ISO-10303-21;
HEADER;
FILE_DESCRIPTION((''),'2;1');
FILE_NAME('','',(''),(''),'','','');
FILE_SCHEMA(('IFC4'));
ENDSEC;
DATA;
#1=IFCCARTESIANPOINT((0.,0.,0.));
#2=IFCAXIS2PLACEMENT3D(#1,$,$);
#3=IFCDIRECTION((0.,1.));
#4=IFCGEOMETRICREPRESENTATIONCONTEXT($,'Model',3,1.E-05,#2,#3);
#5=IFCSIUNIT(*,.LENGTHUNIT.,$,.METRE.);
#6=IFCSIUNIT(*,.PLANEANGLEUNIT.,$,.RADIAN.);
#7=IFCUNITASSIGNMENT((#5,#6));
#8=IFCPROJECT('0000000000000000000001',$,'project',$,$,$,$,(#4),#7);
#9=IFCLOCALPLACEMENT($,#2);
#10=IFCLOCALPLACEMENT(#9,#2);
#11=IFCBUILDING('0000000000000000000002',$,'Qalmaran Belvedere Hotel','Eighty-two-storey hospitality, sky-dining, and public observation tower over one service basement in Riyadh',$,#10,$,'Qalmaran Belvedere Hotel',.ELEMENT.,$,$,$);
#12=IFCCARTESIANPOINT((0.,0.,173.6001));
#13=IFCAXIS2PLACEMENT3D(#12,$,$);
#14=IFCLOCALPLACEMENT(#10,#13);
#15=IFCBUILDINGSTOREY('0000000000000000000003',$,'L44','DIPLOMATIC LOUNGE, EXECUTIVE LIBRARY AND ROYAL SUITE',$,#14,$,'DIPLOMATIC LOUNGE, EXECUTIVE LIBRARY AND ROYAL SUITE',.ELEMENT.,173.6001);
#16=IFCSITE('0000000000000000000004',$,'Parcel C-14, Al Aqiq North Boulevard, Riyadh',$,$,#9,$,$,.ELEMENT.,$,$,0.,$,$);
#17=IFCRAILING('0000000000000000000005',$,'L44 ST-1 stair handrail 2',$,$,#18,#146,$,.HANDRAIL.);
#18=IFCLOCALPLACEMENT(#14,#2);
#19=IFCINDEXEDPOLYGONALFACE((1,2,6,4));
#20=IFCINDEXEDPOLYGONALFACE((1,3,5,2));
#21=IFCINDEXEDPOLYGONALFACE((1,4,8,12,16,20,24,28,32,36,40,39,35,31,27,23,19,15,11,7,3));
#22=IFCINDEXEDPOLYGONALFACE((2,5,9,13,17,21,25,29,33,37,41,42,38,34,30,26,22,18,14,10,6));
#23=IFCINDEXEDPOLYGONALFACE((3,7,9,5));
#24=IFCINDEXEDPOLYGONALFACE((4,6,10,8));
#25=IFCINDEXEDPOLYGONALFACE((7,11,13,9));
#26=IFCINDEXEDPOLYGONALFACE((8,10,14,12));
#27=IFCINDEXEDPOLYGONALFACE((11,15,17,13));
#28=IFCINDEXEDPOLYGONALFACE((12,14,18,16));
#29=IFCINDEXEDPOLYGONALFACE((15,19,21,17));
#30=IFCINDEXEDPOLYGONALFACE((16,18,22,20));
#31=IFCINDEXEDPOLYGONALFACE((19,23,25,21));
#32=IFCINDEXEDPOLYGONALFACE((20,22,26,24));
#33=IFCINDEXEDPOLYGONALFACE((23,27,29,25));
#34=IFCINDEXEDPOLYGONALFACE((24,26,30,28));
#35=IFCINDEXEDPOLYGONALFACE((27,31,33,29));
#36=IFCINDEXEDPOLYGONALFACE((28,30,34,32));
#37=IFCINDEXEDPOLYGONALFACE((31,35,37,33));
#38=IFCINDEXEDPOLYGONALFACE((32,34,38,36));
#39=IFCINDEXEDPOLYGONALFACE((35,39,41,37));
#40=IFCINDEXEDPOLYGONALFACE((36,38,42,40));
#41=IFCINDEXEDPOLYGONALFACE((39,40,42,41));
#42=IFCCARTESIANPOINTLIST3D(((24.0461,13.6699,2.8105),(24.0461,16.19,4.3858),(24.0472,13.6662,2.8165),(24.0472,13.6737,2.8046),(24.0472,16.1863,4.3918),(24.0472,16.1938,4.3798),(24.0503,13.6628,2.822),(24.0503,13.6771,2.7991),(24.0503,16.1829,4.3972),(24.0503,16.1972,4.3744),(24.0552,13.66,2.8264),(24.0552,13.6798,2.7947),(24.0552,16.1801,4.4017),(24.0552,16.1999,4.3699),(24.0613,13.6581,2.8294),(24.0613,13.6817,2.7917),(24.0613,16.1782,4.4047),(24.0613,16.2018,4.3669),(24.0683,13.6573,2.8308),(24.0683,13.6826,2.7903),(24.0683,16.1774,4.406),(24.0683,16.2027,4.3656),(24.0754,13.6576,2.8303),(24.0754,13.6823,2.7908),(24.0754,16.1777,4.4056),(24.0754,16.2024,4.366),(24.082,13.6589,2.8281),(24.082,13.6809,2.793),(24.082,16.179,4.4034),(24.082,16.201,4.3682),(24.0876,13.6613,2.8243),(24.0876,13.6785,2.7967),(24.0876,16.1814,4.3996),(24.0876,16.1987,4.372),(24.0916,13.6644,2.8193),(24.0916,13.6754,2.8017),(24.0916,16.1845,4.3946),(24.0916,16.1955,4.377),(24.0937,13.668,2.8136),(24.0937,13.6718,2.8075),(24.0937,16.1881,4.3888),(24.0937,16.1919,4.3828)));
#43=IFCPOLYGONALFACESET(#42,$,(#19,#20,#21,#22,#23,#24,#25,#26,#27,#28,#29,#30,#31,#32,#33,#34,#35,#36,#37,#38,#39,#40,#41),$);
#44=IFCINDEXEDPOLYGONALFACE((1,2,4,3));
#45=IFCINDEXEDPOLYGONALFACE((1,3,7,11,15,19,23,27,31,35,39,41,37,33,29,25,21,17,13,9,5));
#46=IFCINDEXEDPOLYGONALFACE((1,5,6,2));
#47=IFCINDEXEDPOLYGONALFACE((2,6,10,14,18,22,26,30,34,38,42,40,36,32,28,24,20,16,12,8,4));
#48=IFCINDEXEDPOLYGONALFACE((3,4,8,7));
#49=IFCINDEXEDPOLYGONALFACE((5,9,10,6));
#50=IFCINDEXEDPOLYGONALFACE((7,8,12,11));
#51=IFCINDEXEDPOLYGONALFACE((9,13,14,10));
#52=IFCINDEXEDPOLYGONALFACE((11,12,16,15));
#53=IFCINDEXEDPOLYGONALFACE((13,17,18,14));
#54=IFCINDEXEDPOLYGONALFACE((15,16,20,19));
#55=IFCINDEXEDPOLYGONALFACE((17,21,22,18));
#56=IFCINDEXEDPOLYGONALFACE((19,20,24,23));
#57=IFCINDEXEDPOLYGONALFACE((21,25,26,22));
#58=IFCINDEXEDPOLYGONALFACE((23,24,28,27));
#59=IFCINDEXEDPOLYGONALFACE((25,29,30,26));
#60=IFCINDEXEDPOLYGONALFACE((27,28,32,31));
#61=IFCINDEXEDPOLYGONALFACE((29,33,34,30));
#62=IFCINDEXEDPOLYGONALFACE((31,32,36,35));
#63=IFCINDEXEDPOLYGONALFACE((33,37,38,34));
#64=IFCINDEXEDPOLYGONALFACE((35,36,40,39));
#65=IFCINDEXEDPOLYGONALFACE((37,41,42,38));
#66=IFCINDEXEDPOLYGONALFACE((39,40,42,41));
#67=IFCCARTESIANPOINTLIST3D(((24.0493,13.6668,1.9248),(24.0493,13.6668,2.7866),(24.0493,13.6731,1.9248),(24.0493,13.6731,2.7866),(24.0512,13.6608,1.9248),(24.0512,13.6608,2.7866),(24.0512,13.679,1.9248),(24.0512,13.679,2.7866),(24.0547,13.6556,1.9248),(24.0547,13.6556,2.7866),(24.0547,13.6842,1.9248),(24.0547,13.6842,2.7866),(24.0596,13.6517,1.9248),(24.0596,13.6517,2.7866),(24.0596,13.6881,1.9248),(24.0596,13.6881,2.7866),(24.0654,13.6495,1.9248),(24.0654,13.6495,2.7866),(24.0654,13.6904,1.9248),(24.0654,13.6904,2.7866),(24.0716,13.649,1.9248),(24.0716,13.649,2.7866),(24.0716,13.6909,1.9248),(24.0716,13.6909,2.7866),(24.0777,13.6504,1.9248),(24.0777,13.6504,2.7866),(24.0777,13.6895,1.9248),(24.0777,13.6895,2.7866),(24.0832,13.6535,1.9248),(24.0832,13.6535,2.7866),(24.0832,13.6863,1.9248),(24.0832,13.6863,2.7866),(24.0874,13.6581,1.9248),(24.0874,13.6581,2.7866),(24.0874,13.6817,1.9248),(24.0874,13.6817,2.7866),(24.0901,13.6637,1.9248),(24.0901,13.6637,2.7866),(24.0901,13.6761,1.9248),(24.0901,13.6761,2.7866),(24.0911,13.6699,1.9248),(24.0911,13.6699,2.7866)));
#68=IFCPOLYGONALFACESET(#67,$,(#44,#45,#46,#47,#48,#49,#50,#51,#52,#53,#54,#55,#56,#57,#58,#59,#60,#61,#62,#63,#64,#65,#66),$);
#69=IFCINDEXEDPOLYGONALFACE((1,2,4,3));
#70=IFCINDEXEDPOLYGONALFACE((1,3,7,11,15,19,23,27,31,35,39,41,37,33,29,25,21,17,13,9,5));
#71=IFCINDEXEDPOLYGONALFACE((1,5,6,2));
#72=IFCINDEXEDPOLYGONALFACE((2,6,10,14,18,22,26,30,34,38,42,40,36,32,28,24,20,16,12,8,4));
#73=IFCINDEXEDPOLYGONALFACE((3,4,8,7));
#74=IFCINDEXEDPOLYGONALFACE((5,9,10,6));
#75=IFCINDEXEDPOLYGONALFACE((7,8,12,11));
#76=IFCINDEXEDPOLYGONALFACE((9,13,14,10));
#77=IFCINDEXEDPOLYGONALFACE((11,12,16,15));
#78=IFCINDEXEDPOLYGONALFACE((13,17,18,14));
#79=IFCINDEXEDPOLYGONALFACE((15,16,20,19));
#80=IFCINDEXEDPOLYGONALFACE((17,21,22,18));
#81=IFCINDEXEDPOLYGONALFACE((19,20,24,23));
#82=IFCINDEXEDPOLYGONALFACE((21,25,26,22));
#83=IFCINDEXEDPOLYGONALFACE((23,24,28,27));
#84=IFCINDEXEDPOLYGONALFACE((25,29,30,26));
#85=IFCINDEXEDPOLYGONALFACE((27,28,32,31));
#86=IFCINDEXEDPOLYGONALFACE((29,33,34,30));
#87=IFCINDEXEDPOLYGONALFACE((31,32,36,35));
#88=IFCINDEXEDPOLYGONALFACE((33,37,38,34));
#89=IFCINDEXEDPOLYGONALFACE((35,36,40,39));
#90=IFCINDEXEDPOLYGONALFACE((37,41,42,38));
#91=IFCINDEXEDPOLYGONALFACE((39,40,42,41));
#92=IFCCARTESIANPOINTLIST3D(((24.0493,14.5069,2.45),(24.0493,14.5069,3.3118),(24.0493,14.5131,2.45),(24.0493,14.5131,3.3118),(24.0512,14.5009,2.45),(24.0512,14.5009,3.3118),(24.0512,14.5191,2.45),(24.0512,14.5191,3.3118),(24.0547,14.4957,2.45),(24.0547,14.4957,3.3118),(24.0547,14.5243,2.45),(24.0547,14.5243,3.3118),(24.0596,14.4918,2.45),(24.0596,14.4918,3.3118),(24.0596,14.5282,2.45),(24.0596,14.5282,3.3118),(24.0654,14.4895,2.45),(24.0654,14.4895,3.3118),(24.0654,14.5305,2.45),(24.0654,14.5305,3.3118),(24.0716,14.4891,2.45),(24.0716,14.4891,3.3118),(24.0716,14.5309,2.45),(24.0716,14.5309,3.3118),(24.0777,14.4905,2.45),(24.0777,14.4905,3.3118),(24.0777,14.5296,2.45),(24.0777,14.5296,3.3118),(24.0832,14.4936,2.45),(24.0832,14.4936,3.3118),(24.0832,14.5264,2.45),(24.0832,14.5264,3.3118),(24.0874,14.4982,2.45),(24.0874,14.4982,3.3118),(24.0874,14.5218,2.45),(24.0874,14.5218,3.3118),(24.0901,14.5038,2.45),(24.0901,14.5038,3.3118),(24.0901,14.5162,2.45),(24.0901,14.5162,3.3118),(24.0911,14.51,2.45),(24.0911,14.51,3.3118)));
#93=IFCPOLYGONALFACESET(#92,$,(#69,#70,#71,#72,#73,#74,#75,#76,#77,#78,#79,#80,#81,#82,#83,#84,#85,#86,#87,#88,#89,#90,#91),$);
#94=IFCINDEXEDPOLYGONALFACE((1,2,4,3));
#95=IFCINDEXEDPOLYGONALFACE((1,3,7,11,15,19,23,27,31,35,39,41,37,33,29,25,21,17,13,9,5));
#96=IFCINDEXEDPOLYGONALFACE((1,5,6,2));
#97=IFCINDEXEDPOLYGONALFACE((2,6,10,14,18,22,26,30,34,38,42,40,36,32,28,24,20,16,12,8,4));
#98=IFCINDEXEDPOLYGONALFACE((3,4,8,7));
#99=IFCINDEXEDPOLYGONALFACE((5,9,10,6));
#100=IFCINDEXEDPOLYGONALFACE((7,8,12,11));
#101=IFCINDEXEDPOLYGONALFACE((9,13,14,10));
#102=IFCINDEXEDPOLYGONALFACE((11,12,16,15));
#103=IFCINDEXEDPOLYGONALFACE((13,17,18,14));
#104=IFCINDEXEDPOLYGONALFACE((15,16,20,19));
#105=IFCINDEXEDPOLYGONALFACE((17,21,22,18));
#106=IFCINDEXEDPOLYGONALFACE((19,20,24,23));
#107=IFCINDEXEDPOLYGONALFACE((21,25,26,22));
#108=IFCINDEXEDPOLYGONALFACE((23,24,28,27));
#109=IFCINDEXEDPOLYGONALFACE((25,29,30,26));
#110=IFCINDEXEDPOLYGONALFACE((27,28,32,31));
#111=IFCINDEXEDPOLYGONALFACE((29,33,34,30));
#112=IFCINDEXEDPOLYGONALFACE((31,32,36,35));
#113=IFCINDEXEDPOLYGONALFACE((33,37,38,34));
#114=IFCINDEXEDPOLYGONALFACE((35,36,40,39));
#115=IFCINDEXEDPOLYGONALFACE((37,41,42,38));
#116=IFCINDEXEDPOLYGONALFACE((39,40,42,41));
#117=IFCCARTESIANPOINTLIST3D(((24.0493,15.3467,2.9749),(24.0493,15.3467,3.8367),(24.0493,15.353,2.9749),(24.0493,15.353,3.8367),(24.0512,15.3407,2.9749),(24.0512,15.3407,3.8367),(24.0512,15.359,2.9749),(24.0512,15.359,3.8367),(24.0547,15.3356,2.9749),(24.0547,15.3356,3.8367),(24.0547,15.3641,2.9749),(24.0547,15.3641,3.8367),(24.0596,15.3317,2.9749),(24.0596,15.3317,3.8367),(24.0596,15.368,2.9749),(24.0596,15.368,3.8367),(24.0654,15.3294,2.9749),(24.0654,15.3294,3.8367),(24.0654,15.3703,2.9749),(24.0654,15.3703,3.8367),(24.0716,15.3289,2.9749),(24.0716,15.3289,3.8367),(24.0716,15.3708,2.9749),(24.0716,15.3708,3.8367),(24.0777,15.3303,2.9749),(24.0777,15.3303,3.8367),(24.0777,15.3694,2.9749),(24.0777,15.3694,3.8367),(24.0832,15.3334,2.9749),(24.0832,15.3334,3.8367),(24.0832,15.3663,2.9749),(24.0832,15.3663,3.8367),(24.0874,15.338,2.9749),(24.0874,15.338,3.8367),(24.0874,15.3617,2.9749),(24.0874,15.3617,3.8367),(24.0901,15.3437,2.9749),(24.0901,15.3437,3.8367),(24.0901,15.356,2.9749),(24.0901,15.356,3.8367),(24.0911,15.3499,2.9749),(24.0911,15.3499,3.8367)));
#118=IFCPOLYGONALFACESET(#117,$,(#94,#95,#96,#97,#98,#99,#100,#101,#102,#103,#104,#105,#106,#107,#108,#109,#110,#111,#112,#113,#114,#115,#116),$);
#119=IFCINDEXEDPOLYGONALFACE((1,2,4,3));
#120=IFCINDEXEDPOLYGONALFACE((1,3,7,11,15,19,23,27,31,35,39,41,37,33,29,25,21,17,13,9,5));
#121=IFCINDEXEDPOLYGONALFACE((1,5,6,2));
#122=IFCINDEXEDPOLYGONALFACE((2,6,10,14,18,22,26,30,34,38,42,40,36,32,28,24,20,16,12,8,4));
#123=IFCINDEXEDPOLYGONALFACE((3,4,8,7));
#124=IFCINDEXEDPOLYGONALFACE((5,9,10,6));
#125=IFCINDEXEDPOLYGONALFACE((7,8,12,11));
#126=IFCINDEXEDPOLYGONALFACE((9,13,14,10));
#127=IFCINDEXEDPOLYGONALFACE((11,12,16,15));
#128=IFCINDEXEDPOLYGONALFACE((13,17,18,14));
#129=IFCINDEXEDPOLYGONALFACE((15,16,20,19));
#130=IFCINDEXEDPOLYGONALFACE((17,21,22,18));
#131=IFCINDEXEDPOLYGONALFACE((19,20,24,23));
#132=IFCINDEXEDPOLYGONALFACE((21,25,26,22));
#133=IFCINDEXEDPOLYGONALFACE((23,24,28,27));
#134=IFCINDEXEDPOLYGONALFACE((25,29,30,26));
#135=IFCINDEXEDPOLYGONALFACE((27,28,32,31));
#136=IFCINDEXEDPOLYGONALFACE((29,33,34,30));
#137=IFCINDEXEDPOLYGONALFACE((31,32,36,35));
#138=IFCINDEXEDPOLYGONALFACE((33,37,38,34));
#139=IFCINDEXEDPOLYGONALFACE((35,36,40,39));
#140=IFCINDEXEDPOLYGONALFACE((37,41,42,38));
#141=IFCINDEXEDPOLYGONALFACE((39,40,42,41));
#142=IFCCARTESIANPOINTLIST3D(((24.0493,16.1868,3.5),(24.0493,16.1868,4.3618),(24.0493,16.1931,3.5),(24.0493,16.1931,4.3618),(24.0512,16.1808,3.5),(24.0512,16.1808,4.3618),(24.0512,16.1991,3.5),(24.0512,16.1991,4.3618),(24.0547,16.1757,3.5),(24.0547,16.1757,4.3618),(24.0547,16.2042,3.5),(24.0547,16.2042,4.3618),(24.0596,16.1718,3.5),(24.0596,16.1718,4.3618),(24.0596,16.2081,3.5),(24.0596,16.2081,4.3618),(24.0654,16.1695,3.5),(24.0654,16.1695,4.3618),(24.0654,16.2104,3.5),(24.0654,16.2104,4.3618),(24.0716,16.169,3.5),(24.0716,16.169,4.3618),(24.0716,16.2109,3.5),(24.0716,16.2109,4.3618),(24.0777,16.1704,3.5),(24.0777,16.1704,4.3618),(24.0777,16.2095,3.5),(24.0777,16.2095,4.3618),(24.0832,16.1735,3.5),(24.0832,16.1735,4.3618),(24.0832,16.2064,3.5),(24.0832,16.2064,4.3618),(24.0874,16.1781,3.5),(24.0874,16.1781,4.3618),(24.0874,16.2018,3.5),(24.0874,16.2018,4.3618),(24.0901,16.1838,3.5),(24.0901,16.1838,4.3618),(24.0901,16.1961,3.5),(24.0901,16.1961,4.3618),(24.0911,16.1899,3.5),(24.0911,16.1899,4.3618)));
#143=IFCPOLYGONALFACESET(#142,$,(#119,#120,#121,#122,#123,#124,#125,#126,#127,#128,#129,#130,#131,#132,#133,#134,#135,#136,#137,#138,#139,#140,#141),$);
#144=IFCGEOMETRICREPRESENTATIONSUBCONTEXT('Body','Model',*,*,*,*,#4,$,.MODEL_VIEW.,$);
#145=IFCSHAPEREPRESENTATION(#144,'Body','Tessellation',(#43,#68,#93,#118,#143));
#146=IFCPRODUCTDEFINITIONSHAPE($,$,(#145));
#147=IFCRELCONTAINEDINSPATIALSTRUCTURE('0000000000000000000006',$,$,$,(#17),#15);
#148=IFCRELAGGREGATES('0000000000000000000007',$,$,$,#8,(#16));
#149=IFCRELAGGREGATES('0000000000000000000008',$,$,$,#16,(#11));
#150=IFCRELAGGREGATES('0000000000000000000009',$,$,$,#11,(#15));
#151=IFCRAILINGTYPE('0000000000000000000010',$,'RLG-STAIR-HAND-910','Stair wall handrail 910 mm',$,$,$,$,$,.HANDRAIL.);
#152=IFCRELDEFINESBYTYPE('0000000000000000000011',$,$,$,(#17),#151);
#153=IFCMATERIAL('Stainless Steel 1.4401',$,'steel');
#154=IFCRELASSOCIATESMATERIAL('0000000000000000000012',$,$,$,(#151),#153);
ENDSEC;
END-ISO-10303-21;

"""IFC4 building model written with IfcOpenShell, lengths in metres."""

from ifc_helpers import new_model, si_unit, direction, frame, origin, origin_2d, place, context, subcontext, project, spatial, circle, extrude, material, type_object, element, save


model = new_model("IFC4")

# Units and contexts
model_context = context("Model", 3, precision=1e-05, world=origin(), true_north=direction((0.0, 1.0)))
body_context = subcontext(model_context, "Body", "Model", "MODEL_VIEW")
ifc_project = project(units=[si_unit("LENGTHUNIT", "METRE"), si_unit("PLANEANGLEUNIT", "RADIAN")], contexts=[model_context])

# Site, building, storey
site_placement = place(None, origin())
site = spatial("IfcSite", under=ifc_project, at=site_placement, Name="Parcel C-14, Al Aqiq North Boulevard, Riyadh", CompositionType="ELEMENT", RefElevation=0.0)
building_placement = place(site_placement, origin())
building = spatial("IfcBuilding", under=site, at=building_placement, Name="Qalmaran Belvedere Hotel", Description="Eighty-two-storey hospitality, sky-dining, and public observation tower over one service basement in Riyadh", LongName="Qalmaran Belvedere Hotel", CompositionType="ELEMENT")
storey_placement = place(building_placement, frame((0.0, 0.0, 173.6001)))
storey = spatial("IfcBuildingStorey", under=building, at=storey_placement, Name="L44", Description="DIPLOMATIC LOUNGE, EXECUTIVE LIBRARY AND ROYAL SUITE", LongName="DIPLOMATIC LOUNGE, EXECUTIVE LIBRARY AND ROYAL SUITE", CompositionType="ELEMENT", Elevation=173.6001)

# Shared definitions
ifc_material_1 = material(Name="Stainless Steel 1.4401", Category="steel")

# Railing
railing_type_1 = type_object("IfcRailingType", Name="RLG-STAIR-HAND-910", Description="Stair wall handrail 910 mm", PredefinedType="HANDRAIL", material=ifc_material_1)
railing_1_placement = place(storey_placement, frame((24.0701, 13.6699, 1.9248)))
element("IfcRailing", 1, at=railing_1_placement, inside=storey, type_object=railing_type_1, Name="L44 ST-1 stair handrail 2", PredefinedType="HANDRAIL", context=body_context, shape_type="SweptSolid", body=[
    extrude(circle(Radius=0.0239, at=origin_2d()), frame((0.0, 0.0, 0.8857), z_axis=(0.0, 0.847971, 0.530043), x_axis=(-1.0, 0.0, 0.0)), (0.0, 0.0, 1.0), 2.9719),
    extrude(circle(Radius=0.021, at=origin_2d()), origin(), (0.0, 0.0, 1.0), 0.8618),
    extrude(circle(Radius=0.021, at=origin_2d()), frame((0.0, 0.8401, 0.5251)), (0.0, 0.0, 1.0), 0.8618),
    extrude(circle(Radius=0.021, at=origin_2d()), frame((0.0, 1.6799, 1.05)), (0.0, 0.0, 1.0), 0.8618),
    extrude(circle(Radius=0.021, at=origin_2d()), frame((0.0, 2.52, 1.5752)), (0.0, 0.0, 1.0), 0.8618),
])

save(model, "model.ifc")
